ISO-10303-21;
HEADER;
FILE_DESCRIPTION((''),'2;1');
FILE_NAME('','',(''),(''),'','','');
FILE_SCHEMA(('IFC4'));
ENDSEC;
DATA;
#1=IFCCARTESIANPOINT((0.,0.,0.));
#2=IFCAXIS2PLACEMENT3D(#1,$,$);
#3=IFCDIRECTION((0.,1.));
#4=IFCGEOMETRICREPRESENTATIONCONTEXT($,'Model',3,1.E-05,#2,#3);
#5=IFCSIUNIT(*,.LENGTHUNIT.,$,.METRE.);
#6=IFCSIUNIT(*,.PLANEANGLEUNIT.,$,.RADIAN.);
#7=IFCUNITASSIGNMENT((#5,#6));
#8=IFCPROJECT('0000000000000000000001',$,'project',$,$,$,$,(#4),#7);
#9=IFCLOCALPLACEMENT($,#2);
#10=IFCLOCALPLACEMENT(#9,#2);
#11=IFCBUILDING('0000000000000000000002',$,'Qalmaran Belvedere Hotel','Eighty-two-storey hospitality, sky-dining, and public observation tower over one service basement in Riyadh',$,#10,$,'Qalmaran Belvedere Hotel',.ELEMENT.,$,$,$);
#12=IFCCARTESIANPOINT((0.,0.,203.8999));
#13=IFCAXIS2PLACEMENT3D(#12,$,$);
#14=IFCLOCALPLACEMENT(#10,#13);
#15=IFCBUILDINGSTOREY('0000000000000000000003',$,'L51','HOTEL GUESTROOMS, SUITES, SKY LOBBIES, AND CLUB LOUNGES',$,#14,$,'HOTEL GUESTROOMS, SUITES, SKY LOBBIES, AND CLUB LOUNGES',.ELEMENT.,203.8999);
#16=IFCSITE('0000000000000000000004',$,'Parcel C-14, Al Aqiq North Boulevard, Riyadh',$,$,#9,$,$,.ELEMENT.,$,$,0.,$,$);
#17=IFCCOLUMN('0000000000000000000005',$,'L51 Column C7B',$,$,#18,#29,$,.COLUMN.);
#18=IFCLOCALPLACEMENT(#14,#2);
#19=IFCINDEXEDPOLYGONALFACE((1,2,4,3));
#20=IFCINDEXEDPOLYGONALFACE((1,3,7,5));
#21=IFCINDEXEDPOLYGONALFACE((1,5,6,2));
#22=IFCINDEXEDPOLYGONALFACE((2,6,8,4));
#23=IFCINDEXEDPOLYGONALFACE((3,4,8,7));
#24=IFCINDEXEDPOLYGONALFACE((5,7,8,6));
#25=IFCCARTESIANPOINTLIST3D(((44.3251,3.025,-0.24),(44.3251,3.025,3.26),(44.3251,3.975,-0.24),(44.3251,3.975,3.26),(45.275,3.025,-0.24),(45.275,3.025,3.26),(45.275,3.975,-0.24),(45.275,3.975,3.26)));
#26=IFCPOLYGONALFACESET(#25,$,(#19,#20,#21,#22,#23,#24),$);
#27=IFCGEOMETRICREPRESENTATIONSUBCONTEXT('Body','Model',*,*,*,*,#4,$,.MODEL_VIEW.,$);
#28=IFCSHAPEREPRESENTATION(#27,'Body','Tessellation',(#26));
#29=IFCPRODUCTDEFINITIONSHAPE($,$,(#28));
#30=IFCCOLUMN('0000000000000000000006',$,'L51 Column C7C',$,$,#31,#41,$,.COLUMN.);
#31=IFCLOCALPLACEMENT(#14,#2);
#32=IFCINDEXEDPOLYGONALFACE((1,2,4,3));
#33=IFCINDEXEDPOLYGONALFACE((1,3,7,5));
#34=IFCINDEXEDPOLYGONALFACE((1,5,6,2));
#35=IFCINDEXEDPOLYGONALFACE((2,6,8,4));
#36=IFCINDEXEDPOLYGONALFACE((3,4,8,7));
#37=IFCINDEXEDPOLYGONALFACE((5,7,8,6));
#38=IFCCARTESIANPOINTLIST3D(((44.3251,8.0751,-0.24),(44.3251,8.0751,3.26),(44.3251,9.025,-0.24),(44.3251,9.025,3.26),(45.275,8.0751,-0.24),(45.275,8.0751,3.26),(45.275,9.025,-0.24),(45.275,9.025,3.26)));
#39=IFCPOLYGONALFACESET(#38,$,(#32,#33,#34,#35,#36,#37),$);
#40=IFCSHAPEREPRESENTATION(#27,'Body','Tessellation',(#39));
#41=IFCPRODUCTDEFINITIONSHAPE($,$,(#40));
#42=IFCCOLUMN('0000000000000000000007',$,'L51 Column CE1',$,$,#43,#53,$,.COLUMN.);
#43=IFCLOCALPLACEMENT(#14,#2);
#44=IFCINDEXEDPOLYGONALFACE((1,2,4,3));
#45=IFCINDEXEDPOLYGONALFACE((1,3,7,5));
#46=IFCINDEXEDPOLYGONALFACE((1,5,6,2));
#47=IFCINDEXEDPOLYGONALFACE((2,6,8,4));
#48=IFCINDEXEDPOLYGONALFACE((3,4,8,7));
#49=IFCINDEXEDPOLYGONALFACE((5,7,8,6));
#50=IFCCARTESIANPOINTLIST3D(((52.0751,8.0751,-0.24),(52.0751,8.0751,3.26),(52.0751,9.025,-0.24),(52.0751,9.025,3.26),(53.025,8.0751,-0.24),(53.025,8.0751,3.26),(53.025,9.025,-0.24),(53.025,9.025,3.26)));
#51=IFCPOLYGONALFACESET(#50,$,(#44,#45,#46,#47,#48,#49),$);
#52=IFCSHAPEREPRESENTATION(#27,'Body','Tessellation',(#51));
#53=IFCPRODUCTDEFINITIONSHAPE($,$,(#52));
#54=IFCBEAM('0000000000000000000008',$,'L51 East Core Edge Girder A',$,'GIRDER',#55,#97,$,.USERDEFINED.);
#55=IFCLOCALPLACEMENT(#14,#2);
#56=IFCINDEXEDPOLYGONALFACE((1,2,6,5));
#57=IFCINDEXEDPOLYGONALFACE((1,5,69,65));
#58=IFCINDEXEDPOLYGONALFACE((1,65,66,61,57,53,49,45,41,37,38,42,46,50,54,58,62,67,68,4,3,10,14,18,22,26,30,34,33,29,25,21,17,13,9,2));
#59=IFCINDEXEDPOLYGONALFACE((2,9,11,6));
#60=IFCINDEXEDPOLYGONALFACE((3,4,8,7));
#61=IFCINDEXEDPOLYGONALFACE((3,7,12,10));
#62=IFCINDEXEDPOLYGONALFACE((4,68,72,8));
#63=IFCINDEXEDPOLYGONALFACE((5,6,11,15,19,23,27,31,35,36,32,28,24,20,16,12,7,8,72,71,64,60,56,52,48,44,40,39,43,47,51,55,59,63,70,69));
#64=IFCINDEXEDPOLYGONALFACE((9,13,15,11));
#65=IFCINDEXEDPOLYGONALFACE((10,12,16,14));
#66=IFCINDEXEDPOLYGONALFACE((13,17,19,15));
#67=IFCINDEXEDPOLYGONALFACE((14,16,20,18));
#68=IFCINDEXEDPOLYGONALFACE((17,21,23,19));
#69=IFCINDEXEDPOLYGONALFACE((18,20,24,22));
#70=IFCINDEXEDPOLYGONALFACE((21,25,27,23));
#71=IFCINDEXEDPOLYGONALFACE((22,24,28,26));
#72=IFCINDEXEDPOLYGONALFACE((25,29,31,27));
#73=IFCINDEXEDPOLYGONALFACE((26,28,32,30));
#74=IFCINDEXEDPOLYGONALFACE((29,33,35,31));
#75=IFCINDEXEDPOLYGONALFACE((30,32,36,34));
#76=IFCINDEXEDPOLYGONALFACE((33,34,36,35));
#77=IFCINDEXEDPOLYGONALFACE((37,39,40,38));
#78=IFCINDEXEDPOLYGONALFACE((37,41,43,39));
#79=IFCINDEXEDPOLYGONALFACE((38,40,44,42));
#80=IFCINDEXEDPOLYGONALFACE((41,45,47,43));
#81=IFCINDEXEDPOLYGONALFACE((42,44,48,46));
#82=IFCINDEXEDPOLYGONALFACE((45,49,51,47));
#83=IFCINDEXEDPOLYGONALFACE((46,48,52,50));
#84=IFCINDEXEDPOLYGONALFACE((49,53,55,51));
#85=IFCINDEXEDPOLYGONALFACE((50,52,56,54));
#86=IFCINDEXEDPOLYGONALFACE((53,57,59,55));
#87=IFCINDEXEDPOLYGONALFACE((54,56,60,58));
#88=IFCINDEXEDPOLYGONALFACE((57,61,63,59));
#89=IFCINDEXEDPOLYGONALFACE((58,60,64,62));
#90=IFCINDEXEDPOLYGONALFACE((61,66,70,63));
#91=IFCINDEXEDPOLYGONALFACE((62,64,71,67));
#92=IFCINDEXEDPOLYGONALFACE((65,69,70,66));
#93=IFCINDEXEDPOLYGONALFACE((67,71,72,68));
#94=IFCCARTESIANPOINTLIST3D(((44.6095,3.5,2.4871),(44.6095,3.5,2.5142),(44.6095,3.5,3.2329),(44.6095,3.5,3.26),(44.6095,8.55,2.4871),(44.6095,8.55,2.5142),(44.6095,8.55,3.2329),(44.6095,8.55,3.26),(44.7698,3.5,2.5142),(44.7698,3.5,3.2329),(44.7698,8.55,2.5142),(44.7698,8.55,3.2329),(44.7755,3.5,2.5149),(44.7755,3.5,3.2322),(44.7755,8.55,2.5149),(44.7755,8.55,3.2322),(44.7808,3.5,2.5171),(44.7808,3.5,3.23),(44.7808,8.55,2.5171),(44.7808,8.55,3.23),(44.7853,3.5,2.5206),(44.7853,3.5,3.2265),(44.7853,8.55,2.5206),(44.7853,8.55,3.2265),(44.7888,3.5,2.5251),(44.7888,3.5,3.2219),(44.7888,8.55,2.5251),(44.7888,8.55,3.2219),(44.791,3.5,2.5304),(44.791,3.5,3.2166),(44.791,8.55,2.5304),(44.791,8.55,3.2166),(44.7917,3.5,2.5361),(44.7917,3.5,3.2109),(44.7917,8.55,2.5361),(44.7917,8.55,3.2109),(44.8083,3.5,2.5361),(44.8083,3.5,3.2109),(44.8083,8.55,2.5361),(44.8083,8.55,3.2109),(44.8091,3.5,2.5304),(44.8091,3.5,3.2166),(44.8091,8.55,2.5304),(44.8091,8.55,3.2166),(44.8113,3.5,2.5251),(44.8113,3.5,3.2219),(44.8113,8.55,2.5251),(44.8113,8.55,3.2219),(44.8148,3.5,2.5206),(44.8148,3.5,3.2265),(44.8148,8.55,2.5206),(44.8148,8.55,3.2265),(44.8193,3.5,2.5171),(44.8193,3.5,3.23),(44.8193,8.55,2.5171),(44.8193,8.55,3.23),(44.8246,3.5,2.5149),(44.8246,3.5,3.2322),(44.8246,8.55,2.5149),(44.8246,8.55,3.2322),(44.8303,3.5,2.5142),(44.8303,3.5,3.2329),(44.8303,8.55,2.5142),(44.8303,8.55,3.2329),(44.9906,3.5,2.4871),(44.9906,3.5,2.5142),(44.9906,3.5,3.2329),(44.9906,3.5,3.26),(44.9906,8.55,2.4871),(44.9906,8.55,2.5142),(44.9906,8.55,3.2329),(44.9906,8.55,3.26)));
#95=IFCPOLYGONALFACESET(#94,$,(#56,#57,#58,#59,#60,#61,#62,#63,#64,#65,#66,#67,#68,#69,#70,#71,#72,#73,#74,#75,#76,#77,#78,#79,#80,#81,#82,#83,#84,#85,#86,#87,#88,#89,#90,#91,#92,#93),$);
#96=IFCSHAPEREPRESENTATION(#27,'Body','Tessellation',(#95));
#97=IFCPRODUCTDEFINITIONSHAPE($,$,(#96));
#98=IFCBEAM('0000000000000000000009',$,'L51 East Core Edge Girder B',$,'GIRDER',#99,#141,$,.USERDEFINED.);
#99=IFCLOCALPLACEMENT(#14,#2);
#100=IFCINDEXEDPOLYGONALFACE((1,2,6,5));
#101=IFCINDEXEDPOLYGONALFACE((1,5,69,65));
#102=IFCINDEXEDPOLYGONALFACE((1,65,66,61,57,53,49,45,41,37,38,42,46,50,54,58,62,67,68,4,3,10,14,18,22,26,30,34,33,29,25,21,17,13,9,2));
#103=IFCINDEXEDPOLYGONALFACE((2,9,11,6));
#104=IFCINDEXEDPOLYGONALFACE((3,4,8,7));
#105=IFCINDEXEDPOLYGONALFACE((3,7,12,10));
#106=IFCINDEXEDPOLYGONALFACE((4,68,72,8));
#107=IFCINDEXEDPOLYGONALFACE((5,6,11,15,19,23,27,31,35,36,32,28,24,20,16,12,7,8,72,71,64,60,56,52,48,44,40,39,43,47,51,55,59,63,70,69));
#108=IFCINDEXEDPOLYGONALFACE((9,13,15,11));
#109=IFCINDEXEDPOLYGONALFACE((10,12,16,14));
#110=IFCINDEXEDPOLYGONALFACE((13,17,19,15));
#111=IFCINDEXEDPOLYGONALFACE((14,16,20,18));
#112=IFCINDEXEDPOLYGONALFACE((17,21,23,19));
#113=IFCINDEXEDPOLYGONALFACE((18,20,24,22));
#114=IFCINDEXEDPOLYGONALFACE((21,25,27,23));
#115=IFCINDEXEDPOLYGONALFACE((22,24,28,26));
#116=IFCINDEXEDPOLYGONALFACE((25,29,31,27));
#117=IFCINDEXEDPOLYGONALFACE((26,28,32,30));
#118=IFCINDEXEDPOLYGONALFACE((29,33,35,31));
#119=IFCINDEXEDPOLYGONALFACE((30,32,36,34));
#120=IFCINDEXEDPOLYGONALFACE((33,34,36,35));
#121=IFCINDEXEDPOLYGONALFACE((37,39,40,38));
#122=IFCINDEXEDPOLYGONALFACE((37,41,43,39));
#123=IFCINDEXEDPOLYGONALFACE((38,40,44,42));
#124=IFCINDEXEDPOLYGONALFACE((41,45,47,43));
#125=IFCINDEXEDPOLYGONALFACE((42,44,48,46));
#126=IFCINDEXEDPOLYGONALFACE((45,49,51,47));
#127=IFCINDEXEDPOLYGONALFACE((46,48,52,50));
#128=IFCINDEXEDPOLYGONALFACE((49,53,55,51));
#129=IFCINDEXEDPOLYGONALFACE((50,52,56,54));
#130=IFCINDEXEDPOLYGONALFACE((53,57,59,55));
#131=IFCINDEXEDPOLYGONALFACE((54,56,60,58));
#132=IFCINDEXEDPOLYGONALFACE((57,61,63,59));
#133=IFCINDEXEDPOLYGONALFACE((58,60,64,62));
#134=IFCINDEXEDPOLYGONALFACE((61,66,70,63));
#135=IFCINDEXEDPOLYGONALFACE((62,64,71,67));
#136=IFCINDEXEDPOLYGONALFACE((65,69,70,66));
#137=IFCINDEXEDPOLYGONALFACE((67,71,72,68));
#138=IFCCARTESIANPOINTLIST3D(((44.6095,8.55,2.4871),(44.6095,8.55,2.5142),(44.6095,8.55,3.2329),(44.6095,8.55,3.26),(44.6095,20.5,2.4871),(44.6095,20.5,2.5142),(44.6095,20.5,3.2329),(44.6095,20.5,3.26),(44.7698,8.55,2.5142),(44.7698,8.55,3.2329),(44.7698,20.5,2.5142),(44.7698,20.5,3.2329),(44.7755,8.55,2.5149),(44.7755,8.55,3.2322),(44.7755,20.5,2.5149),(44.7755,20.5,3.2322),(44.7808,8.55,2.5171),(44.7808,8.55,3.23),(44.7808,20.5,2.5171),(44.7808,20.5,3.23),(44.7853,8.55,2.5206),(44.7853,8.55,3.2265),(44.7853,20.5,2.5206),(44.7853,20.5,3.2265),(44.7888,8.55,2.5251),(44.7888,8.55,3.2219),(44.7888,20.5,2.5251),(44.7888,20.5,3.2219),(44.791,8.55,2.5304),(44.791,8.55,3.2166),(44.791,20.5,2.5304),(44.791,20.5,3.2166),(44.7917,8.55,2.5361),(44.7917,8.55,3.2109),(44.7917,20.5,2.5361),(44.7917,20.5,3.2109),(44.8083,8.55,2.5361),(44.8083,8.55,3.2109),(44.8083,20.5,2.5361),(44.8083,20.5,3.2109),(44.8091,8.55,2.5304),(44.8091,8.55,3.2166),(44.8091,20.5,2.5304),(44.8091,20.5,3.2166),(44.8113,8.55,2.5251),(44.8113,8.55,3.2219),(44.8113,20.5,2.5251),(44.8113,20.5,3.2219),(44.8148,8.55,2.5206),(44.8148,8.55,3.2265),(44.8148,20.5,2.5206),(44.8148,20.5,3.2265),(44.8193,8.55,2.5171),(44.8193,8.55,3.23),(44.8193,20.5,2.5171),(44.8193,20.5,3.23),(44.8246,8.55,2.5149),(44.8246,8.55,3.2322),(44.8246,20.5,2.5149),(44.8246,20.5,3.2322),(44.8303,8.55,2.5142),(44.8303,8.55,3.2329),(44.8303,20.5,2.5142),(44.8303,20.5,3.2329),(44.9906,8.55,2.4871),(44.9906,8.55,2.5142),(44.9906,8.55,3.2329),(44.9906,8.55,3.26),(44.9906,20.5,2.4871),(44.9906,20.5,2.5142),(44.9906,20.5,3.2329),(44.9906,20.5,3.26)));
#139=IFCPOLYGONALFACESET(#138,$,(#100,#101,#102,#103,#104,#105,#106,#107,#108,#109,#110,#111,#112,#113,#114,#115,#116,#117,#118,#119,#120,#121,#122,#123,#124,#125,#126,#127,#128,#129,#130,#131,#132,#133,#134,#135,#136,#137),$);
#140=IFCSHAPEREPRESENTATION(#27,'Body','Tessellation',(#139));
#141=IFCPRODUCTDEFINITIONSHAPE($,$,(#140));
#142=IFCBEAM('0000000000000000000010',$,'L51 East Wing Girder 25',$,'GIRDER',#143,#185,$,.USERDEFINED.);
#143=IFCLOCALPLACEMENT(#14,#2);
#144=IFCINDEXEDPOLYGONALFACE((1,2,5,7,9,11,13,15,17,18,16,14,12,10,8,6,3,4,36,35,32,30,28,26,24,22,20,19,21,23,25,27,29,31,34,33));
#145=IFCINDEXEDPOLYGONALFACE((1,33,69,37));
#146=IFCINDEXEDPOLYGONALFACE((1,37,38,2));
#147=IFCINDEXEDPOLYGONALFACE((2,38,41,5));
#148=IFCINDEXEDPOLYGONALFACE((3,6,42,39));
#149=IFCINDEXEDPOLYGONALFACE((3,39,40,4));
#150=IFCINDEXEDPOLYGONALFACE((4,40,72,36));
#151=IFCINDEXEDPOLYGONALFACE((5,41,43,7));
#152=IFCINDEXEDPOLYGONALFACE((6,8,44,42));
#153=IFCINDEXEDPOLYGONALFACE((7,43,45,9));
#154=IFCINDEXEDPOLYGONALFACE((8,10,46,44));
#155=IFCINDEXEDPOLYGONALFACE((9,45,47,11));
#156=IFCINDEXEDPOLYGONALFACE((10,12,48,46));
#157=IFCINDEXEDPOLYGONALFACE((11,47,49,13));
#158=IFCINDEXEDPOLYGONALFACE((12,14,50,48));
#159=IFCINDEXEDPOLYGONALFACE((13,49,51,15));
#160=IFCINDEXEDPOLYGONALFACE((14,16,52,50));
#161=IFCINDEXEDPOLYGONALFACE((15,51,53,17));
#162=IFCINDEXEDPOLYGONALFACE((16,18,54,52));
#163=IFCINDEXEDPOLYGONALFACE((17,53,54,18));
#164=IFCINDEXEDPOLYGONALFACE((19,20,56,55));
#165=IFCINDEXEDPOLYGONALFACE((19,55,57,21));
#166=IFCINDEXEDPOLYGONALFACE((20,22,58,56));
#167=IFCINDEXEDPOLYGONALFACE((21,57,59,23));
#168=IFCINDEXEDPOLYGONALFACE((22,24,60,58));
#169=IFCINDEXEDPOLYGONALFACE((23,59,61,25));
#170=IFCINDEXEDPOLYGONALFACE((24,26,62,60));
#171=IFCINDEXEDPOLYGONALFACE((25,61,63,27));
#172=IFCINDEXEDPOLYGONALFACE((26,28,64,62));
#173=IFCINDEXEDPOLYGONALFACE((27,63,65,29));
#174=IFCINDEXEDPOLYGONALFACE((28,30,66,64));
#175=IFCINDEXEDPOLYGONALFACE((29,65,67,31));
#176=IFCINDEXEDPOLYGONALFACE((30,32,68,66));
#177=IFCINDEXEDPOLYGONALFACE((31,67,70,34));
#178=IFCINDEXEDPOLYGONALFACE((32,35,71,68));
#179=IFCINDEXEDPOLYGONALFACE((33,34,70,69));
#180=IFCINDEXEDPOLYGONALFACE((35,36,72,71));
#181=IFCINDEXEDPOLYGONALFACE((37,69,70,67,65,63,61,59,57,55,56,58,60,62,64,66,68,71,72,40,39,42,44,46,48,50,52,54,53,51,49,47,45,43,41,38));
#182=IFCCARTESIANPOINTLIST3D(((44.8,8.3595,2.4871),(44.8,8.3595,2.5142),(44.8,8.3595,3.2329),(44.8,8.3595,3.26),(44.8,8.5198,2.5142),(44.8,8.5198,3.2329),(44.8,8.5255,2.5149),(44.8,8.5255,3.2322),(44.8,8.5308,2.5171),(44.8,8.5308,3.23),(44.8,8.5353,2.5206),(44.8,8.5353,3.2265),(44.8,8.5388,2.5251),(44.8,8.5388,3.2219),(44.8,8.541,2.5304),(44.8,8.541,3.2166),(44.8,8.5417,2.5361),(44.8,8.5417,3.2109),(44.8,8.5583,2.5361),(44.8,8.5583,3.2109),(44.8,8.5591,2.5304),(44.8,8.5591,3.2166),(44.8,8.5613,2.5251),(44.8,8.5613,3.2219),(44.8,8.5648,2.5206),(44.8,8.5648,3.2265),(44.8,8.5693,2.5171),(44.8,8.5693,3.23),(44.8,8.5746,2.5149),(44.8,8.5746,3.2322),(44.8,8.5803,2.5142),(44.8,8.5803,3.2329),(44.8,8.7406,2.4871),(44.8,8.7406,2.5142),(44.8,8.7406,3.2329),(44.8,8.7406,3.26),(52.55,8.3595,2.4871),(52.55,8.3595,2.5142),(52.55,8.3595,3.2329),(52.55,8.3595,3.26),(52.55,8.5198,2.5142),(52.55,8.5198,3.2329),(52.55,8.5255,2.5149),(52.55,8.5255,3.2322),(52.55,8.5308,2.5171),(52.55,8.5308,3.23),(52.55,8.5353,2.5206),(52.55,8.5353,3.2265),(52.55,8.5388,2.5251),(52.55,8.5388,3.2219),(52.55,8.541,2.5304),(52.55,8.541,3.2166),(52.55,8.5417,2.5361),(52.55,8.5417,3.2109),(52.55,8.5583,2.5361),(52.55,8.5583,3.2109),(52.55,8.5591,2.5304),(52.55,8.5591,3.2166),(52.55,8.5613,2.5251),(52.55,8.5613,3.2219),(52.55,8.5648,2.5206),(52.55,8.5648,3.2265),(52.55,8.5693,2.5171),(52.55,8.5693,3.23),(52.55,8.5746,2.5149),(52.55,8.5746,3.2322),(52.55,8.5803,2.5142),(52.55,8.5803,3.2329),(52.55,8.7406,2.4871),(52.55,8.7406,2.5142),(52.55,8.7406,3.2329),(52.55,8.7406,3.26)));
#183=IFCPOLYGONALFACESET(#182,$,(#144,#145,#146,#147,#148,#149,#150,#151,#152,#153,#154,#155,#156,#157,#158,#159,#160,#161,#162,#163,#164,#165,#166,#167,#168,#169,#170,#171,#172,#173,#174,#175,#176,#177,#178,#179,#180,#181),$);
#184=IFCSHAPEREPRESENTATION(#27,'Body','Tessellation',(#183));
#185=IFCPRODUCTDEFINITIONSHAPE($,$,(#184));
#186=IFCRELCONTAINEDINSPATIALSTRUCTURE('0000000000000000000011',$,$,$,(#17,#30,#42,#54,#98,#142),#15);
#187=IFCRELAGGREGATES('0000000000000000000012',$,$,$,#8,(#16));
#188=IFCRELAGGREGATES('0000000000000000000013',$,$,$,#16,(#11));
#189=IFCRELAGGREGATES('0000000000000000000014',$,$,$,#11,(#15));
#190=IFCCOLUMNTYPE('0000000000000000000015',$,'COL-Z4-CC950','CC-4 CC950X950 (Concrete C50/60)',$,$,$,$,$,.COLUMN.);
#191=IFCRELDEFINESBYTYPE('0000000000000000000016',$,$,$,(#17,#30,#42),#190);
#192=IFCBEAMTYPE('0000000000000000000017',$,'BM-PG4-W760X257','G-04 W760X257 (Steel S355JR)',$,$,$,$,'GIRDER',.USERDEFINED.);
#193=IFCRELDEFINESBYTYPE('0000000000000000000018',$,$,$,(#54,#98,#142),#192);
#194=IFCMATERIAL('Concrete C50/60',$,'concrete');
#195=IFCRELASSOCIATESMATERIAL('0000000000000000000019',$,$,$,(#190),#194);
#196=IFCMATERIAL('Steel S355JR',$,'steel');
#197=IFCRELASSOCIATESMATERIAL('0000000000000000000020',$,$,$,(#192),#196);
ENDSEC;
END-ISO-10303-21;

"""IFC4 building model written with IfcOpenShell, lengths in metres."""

from ifc_helpers import new_model, si_unit, direction, frame, origin, origin_2d, place, context, subcontext, project, spatial, rectangle, i_section, extrude, material, material_profile, profile_set, type_object, element, save


model = new_model("IFC4")

# Units and contexts
model_context = context("Model", 3, precision=1e-05, world=origin(), true_north=direction((0.0, 1.0)))
body_context = subcontext(model_context, "Body", "Model", "MODEL_VIEW")
ifc_project = project(units=[si_unit("LENGTHUNIT", "METRE"), si_unit("PLANEANGLEUNIT", "RADIAN")], contexts=[model_context])

# Site, building, storey
site_placement = place(None, origin())
site = spatial("IfcSite", under=ifc_project, at=site_placement, Name="Parcel C-14, Al Aqiq North Boulevard, Riyadh", CompositionType="ELEMENT", RefElevation=0.0)
building_placement = place(site_placement, origin())
building = spatial("IfcBuilding", under=site, at=building_placement, Name="Qalmaran Belvedere Hotel", Description="Eighty-two-storey hospitality, sky-dining, and public observation tower over one service basement in Riyadh", LongName="Qalmaran Belvedere Hotel", CompositionType="ELEMENT")
storey_placement = place(building_placement, frame((0.0, 0.0, 203.8999)))
storey = spatial("IfcBuildingStorey", under=building, at=storey_placement, Name="L51", Description="HOTEL GUESTROOMS, SUITES, SKY LOBBIES, AND CLUB LOUNGES", LongName="HOTEL GUESTROOMS, SUITES, SKY LOBBIES, AND CLUB LOUNGES", CompositionType="ELEMENT", Elevation=203.8999)

# Columns
ifc_material_1 = material(Name="Concrete C50/60", Category="concrete")
ifc_material_profile_1 = material_profile(ifc_material_1, rectangle(XDim=0.95, YDim=0.95, at=origin_2d()), Name="CC950X950")
ifc_profile_set_1 = profile_set([ifc_material_profile_1], Name="Concrete C50/60")
column_type = type_object("IfcColumnType", Name="COL-Z4-CC950", Description="CC-4 CC950X950 (Concrete C50/60)", PredefinedType="COLUMN", material=ifc_profile_set_1)
for number, where, z_axis, x_axis, name in (
    (1, (44.8, 3.5, -0.24), (0.0, 0.0, 1.0), (1.0, 0.0, 0.0), "L51 Column C7B"),
    (2, (44.8, 8.55, -0.24), (0.0, 0.0, 1.0), (1.0, 0.0, 0.0), "L51 Column C7C"),
    (3, (52.55, 8.55, -0.24), (0.0, 0.0, 1.0), (1.0, 0.0, 0.0), "L51 Column CE1"),
):
    element("IfcColumn", number, at=place(storey_placement, frame(where, z_axis=z_axis, x_axis=x_axis)), inside=storey, type_object=column_type, Name=name, PredefinedType="COLUMN", context=body_context, shape_type="SweptSolid", body=[
        extrude(rectangle(XDim=0.95, YDim=0.95, at=origin_2d()), origin(), (0.0, 0.0, 1.0), 3.5),
    ])

# Beams
ifc_material_2 = material(Name="Steel S355JR", Category="steel")
ifc_material_profile_2 = material_profile(ifc_material_2, i_section(OverallWidth=0.3811, OverallDepth=0.7729, WebThickness=0.0166, FlangeThickness=0.0271, FilletRadius=0.022, at=origin_2d()), Name="W760X257")
ifc_profile_set_2 = profile_set([ifc_material_profile_2], Name="Steel S355JR")
beam_type_1 = type_object("IfcBeamType", Name="BM-PG4-W760X257", Description="G-04 W760X257 (Steel S355JR)", ElementType="GIRDER", PredefinedType="USERDEFINED", material=ifc_profile_set_2)
beam_1_placement = place(storey_placement, frame((44.8, 3.5, 2.8735), z_axis=(0.0, 1.0, 0.0), x_axis=(-1.0, 0.0, 0.0)))
element("IfcBeam", 4, at=beam_1_placement, inside=storey, type_object=beam_type_1, Name="L51 East Core Edge Girder A", ObjectType="GIRDER", PredefinedType="USERDEFINED", context=body_context, shape_type="SweptSolid", body=[
    extrude(i_section(OverallWidth=0.3811, OverallDepth=0.7729, WebThickness=0.0166, FlangeThickness=0.0271, FilletRadius=0.022, at=origin_2d()), origin(), (0.0, 0.0, 1.0), 5.05),
])
beam_2_placement = place(storey_placement, frame((44.8, 8.55, 2.8735), z_axis=(0.0, 1.0, 0.0), x_axis=(-1.0, 0.0, 0.0)))
element("IfcBeam", 5, at=beam_2_placement, inside=storey, type_object=beam_type_1, Name="L51 East Core Edge Girder B", ObjectType="GIRDER", PredefinedType="USERDEFINED", context=body_context, shape_type="SweptSolid", body=[
    extrude(i_section(OverallWidth=0.3811, OverallDepth=0.7729, WebThickness=0.0166, FlangeThickness=0.0271, FilletRadius=0.022, at=origin_2d()), origin(), (0.0, 0.0, 1.0), 11.95),
])
beam_3_placement = place(storey_placement, frame((44.8, 8.55, 2.8735), z_axis=(1.0, 0.0, 0.0), x_axis=(0.0, 1.0, 0.0)))
element("IfcBeam", 6, at=beam_3_placement, inside=storey, type_object=beam_type_1, Name="L51 East Wing Girder 25", ObjectType="GIRDER", PredefinedType="USERDEFINED", context=body_context, shape_type="SweptSolid", body=[
    extrude(i_section(OverallWidth=0.3811, OverallDepth=0.7729, WebThickness=0.0166, FlangeThickness=0.0271, FilletRadius=0.022, at=origin_2d()), origin(), (0.0, 0.0, 1.0), 7.75),
])

save(model, "model.ifc")
